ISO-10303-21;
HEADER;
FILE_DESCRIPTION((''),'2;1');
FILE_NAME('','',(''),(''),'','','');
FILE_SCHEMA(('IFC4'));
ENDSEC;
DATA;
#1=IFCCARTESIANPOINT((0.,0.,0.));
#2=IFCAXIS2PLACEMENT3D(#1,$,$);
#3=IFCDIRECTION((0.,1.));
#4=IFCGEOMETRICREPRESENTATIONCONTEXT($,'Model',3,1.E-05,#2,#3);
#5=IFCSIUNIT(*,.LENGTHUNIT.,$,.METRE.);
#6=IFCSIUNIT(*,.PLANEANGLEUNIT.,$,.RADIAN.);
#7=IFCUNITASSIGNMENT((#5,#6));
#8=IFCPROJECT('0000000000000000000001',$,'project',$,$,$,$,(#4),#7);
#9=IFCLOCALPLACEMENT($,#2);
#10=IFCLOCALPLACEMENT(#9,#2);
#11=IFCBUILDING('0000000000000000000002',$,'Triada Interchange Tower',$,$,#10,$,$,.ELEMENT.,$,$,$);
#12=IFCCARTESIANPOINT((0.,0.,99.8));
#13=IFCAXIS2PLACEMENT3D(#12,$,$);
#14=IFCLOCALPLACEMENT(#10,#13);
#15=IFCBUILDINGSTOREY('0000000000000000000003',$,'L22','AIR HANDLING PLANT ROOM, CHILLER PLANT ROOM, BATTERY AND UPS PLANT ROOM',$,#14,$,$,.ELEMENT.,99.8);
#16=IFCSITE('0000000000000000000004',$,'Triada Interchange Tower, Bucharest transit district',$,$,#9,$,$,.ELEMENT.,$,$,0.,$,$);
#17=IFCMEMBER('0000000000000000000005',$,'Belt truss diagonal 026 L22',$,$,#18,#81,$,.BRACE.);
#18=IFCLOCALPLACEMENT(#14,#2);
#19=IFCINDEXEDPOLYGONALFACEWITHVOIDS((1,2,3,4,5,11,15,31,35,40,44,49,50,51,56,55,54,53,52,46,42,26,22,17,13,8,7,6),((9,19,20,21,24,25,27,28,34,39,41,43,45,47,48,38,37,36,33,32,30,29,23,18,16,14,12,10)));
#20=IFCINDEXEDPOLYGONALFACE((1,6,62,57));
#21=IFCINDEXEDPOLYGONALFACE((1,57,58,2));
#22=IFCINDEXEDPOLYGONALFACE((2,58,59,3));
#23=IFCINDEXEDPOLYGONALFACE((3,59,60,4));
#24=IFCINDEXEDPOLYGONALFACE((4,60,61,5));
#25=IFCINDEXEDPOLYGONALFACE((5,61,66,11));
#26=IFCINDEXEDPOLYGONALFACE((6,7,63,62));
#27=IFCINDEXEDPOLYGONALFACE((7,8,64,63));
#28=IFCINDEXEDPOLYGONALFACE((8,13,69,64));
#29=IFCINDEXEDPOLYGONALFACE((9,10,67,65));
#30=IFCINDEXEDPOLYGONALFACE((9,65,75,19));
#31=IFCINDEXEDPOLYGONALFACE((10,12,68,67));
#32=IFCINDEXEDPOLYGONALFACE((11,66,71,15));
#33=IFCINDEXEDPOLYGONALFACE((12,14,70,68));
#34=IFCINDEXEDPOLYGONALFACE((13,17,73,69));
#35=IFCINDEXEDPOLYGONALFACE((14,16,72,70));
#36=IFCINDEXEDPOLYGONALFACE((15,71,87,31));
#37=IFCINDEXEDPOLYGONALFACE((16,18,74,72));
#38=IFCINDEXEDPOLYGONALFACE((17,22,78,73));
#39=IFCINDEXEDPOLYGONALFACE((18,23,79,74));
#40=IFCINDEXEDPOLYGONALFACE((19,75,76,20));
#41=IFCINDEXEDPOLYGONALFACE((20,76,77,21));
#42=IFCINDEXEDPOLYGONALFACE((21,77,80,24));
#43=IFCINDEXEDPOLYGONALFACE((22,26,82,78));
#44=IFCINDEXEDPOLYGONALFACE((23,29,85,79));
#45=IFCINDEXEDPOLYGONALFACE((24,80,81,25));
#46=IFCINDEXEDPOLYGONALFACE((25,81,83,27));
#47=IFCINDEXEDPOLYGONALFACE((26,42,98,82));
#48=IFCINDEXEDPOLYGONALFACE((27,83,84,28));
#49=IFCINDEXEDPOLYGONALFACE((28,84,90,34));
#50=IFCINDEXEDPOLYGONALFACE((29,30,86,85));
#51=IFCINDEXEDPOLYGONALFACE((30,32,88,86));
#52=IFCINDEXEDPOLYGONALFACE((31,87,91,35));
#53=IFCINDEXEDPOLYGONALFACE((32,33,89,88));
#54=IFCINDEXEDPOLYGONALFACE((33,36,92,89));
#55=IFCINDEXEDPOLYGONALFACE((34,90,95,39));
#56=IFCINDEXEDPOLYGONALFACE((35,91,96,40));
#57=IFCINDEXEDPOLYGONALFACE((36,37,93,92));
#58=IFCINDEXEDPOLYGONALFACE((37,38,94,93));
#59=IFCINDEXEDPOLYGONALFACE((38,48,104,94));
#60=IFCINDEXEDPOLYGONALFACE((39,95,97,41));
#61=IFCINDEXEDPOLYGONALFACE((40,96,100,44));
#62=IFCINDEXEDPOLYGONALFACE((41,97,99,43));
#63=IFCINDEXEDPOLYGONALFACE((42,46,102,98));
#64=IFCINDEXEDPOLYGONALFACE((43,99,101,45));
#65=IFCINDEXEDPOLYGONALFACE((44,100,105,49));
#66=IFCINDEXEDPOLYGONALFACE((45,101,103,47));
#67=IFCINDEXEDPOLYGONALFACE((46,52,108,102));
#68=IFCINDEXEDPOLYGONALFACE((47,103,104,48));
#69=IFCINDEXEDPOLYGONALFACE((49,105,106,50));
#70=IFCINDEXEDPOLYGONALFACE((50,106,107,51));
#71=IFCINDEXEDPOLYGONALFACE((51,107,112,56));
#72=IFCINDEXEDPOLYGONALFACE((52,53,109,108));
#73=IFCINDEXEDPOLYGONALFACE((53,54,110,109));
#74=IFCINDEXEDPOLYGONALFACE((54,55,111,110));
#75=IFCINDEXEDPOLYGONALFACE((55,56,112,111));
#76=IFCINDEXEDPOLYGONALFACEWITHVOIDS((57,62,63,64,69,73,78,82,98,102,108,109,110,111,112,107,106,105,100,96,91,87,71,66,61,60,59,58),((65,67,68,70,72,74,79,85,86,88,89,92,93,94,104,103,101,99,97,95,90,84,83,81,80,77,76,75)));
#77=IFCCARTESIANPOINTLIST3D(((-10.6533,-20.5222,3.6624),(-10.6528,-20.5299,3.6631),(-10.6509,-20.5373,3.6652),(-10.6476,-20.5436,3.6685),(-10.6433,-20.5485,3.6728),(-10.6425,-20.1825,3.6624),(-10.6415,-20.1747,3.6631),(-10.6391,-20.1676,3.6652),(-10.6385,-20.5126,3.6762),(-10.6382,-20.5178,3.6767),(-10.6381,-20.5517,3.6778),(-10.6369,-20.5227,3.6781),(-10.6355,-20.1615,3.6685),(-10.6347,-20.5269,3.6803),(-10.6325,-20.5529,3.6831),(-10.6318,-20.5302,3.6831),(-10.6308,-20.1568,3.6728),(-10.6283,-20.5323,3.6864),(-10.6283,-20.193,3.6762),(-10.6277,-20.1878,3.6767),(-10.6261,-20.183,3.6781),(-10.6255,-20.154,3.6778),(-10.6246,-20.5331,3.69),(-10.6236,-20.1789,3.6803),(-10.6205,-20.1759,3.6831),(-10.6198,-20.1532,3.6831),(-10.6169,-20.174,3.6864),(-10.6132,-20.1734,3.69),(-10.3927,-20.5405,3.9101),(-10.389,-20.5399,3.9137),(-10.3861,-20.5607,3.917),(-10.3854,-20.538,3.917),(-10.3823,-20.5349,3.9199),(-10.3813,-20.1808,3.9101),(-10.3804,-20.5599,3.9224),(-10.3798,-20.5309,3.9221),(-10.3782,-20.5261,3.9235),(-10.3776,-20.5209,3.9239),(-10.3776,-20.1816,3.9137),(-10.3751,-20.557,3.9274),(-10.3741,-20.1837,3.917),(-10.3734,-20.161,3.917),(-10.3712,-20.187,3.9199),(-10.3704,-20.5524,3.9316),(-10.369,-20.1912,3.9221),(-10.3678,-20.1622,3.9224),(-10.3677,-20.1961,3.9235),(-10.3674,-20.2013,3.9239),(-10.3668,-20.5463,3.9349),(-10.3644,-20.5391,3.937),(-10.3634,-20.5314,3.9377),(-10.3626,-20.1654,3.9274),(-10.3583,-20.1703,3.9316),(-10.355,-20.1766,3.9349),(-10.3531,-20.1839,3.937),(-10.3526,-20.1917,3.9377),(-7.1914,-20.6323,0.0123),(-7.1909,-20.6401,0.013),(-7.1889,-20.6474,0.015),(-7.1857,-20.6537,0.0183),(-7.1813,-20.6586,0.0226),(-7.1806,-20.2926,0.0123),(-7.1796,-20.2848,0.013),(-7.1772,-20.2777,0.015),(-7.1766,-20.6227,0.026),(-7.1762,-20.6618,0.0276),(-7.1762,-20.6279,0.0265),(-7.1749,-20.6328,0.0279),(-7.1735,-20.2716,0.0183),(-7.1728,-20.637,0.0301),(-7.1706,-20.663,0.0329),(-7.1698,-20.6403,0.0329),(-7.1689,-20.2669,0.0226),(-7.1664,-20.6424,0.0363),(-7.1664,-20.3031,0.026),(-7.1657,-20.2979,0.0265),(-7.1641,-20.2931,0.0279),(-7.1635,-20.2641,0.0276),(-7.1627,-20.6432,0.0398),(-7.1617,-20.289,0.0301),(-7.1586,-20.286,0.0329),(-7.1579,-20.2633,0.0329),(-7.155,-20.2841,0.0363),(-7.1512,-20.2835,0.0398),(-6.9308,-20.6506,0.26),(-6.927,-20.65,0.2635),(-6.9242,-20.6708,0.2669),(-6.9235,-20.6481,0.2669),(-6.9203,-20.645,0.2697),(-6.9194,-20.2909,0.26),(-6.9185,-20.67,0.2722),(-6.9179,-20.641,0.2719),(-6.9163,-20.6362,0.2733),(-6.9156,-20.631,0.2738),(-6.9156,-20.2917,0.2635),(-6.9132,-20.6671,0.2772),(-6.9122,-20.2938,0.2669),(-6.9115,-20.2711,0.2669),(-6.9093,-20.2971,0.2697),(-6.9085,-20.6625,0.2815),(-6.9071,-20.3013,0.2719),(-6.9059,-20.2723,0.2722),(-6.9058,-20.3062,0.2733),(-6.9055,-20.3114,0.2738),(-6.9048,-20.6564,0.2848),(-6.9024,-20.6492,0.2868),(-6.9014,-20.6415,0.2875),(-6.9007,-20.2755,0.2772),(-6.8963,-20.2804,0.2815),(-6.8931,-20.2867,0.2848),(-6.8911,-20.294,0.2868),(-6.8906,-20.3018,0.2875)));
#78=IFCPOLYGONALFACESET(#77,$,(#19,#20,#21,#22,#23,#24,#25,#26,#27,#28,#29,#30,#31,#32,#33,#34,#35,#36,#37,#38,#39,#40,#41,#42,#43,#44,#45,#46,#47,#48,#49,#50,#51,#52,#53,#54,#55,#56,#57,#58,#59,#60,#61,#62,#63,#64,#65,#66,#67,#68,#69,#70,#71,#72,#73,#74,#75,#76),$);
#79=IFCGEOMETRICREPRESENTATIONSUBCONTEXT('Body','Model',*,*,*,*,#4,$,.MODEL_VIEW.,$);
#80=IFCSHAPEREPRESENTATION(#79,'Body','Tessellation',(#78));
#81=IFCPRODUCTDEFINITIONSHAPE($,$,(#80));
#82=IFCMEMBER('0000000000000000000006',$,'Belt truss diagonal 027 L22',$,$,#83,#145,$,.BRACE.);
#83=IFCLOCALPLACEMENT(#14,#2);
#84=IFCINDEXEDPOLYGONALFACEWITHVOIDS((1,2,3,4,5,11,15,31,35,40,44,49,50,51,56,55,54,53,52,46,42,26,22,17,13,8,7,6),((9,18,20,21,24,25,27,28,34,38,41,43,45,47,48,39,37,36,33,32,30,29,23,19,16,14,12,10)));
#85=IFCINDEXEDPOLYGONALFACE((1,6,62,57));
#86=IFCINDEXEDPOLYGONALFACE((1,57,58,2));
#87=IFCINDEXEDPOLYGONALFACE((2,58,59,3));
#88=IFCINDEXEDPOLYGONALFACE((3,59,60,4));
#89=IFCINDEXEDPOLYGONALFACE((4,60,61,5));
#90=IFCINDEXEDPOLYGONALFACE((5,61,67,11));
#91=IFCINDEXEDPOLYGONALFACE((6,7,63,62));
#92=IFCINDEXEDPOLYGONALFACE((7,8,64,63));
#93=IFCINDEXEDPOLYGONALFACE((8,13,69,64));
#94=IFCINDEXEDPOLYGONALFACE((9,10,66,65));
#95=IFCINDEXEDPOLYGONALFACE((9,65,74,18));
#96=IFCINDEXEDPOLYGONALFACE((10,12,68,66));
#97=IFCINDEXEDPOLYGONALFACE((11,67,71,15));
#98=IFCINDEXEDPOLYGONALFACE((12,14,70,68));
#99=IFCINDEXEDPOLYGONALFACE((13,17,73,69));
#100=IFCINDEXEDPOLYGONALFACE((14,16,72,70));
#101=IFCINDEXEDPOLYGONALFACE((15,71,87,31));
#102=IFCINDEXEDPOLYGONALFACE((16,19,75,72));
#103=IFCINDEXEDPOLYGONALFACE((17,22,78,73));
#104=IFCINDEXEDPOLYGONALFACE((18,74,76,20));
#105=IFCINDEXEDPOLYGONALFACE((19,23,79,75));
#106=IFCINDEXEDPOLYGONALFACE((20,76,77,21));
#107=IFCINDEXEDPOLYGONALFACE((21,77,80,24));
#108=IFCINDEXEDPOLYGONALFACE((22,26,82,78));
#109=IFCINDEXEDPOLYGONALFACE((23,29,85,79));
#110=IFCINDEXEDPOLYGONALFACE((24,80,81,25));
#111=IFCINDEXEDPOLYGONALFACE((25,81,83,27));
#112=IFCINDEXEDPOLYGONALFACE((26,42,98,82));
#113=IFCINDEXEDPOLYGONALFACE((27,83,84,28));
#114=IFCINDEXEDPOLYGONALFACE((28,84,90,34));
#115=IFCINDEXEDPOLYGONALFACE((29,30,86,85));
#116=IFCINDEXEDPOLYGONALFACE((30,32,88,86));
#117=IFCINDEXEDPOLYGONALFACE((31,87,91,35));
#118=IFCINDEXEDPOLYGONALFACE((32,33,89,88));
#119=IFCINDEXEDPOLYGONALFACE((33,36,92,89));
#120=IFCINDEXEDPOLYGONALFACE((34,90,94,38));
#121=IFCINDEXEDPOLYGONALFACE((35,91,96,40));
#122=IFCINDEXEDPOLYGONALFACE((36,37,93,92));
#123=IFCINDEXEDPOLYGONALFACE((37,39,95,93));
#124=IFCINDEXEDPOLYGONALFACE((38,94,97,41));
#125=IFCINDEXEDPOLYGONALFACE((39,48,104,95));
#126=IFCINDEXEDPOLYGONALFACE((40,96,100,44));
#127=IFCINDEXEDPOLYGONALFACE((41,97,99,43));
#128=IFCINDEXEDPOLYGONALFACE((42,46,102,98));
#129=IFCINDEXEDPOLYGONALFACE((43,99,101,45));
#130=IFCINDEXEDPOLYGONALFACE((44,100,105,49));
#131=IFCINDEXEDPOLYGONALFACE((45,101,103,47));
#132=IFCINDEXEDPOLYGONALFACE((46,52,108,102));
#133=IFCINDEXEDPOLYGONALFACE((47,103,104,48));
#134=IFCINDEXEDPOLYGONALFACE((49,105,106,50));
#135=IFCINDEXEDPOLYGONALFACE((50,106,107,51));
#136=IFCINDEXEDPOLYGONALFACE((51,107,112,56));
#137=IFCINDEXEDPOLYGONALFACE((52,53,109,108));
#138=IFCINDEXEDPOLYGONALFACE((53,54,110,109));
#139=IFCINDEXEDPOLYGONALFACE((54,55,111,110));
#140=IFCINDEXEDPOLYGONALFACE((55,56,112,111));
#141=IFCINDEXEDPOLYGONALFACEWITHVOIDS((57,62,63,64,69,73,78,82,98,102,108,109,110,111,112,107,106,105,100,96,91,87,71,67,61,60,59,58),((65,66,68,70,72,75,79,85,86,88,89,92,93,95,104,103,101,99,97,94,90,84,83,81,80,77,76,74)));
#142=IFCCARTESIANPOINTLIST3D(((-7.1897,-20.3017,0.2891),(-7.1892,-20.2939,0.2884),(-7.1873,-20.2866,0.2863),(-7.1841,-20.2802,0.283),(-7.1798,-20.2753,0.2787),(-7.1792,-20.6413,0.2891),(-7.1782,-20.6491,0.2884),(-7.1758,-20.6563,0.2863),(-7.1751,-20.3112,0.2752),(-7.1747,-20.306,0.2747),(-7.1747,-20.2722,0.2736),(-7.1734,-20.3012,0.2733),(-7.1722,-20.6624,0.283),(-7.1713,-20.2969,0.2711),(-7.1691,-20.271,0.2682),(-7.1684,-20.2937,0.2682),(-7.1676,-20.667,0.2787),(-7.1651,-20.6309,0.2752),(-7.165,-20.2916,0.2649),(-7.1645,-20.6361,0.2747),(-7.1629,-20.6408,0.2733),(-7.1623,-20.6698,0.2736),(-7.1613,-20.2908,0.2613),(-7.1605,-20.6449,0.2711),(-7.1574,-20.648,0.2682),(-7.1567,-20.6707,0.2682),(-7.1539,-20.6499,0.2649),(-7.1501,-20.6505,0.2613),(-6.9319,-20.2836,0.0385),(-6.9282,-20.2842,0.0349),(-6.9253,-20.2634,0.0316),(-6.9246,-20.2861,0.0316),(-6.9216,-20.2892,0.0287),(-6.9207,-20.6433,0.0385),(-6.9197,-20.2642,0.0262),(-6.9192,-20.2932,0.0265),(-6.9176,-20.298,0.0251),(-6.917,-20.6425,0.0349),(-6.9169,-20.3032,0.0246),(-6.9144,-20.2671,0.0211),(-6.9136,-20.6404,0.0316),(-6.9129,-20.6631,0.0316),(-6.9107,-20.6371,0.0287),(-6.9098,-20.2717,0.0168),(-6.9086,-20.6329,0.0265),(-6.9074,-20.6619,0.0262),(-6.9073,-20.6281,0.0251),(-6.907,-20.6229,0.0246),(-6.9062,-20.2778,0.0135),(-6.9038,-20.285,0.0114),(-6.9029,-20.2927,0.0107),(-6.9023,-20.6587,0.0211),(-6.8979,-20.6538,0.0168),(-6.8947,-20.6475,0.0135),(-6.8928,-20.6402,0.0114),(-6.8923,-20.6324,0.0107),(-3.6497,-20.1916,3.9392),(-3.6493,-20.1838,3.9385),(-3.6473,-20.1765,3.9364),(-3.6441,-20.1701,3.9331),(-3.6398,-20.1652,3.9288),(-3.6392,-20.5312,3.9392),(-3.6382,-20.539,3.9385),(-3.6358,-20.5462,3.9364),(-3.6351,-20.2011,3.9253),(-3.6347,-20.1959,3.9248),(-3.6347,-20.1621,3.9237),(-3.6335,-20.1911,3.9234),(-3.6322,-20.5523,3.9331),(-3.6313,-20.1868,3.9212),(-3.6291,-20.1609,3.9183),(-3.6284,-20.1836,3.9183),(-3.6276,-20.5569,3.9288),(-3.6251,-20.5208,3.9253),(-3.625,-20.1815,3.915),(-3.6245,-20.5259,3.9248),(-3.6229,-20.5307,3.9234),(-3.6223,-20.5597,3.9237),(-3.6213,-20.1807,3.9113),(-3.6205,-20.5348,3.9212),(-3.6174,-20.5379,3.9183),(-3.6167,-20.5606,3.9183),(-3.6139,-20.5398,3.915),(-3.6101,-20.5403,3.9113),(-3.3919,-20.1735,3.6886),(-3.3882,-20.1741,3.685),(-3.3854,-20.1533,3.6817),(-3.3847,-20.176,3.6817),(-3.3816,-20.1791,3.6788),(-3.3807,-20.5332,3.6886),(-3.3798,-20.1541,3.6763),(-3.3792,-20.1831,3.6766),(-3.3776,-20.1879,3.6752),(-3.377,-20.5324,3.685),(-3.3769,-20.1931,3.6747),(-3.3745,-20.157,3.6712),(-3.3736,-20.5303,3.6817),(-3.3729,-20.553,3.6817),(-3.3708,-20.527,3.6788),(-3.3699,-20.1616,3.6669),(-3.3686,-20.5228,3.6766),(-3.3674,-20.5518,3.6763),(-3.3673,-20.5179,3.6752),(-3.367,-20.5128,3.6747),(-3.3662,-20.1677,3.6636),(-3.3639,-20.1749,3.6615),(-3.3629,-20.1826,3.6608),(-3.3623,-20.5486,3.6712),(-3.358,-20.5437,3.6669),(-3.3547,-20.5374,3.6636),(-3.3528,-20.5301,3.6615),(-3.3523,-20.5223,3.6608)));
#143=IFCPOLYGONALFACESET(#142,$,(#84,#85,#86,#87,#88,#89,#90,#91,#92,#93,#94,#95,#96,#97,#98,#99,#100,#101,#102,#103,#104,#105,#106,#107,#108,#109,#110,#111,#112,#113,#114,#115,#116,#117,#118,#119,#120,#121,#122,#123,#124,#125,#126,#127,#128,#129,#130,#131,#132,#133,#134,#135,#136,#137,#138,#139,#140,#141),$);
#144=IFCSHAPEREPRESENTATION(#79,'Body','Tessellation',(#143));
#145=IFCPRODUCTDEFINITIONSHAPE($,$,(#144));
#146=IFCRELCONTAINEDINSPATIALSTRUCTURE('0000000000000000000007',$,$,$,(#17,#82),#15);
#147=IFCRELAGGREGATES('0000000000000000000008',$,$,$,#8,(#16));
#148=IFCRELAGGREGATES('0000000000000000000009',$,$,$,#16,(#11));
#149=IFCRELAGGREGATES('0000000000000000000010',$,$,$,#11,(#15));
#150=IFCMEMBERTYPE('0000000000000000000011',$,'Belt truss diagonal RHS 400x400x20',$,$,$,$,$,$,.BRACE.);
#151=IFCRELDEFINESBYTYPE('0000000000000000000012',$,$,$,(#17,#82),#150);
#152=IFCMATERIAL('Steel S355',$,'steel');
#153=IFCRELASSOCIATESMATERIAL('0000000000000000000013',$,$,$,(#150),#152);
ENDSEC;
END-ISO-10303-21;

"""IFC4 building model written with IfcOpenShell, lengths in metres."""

from ifc_helpers import new_model, si_unit, direction, frame, origin, origin_2d, place, context, subcontext, project, spatial, hollow_rectangle, extrude, material, material_profile, profile_set, type_object, element, save


model = new_model("IFC4")

# Units and contexts
model_context = context("Model", 3, precision=1e-05, world=origin(), true_north=direction((0.0, 1.0)))
body_context = subcontext(model_context, "Body", "Model", "MODEL_VIEW")
ifc_project = project(units=[si_unit("LENGTHUNIT", "METRE"), si_unit("PLANEANGLEUNIT", "RADIAN")], contexts=[model_context])

# Site, building, storey
site_placement = place(None, origin())
site = spatial("IfcSite", under=ifc_project, at=site_placement, Name="Triada Interchange Tower, Bucharest transit district", CompositionType="ELEMENT", RefElevation=0.0)
building_placement = place(site_placement, origin())
building = spatial("IfcBuilding", under=site, at=building_placement, Name="Triada Interchange Tower", CompositionType="ELEMENT")
storey_placement = place(building_placement, frame((0.0, 0.0, 99.8)))
storey = spatial("IfcBuildingStorey", under=building, at=storey_placement, Name="L22", Description="AIR HANDLING PLANT ROOM, CHILLER PLANT ROOM, BATTERY AND UPS PLANT ROOM", CompositionType="ELEMENT", Elevation=99.8)

# Members
ifc_material_1 = material(Name="Steel S355", Category="steel")
ifc_material_profile_1 = material_profile(ifc_material_1, hollow_rectangle(XDim=0.3999, YDim=0.3999, WallThickness=0.02, InnerFilletRadius=0.02, OuterFilletRadius=0.03, at=origin_2d()), Name="RHS 400x400x20")
ifc_profile_set_1 = profile_set([ifc_material_profile_1], Name="Steel S355")
member_type = type_object("IfcMemberType", Name="Belt truss diagonal RHS 400x400x20", PredefinedType="BRACE", material=ifc_profile_set_1)
member_1_placement = place(storey_placement, frame((-7.041, -20.467, 0.1499), z_axis=(-0.687986, 0.021882, 0.725394), x_axis=(-0.031789, -0.999495, 0.0)))
element("IfcMember", 1, at=member_1_placement, inside=storey, type_object=member_type, Name="Belt truss diagonal 026 L22", PredefinedType="BRACE", context=body_context, shape_type="SweptSolid", body=[
    extrude(hollow_rectangle(XDim=0.3999, YDim=0.3999, WallThickness=0.02, InnerFilletRadius=0.02, OuterFilletRadius=0.03, at=origin_2d()), origin(), (0.0, 0.0, 1.0), 5.032),
])
member_2_placement = place(storey_placement, frame((-7.041, -20.467, 0.1499), z_axis=(0.696034, 0.021649, 0.717683), x_axis=(-0.031088, 0.999517, 0.0)))
element("IfcMember", 2, at=member_2_placement, inside=storey, type_object=member_type, Name="Belt truss diagonal 027 L22", PredefinedType="BRACE", context=body_context, shape_type="SweptSolid", body=[
    extrude(hollow_rectangle(XDim=0.3999, YDim=0.3999, WallThickness=0.02, InnerFilletRadius=0.02, OuterFilletRadius=0.03, at=origin_2d()), origin(), (0.0, 0.0, 1.0), 5.0859),
])

save(model, "model.ifc")
